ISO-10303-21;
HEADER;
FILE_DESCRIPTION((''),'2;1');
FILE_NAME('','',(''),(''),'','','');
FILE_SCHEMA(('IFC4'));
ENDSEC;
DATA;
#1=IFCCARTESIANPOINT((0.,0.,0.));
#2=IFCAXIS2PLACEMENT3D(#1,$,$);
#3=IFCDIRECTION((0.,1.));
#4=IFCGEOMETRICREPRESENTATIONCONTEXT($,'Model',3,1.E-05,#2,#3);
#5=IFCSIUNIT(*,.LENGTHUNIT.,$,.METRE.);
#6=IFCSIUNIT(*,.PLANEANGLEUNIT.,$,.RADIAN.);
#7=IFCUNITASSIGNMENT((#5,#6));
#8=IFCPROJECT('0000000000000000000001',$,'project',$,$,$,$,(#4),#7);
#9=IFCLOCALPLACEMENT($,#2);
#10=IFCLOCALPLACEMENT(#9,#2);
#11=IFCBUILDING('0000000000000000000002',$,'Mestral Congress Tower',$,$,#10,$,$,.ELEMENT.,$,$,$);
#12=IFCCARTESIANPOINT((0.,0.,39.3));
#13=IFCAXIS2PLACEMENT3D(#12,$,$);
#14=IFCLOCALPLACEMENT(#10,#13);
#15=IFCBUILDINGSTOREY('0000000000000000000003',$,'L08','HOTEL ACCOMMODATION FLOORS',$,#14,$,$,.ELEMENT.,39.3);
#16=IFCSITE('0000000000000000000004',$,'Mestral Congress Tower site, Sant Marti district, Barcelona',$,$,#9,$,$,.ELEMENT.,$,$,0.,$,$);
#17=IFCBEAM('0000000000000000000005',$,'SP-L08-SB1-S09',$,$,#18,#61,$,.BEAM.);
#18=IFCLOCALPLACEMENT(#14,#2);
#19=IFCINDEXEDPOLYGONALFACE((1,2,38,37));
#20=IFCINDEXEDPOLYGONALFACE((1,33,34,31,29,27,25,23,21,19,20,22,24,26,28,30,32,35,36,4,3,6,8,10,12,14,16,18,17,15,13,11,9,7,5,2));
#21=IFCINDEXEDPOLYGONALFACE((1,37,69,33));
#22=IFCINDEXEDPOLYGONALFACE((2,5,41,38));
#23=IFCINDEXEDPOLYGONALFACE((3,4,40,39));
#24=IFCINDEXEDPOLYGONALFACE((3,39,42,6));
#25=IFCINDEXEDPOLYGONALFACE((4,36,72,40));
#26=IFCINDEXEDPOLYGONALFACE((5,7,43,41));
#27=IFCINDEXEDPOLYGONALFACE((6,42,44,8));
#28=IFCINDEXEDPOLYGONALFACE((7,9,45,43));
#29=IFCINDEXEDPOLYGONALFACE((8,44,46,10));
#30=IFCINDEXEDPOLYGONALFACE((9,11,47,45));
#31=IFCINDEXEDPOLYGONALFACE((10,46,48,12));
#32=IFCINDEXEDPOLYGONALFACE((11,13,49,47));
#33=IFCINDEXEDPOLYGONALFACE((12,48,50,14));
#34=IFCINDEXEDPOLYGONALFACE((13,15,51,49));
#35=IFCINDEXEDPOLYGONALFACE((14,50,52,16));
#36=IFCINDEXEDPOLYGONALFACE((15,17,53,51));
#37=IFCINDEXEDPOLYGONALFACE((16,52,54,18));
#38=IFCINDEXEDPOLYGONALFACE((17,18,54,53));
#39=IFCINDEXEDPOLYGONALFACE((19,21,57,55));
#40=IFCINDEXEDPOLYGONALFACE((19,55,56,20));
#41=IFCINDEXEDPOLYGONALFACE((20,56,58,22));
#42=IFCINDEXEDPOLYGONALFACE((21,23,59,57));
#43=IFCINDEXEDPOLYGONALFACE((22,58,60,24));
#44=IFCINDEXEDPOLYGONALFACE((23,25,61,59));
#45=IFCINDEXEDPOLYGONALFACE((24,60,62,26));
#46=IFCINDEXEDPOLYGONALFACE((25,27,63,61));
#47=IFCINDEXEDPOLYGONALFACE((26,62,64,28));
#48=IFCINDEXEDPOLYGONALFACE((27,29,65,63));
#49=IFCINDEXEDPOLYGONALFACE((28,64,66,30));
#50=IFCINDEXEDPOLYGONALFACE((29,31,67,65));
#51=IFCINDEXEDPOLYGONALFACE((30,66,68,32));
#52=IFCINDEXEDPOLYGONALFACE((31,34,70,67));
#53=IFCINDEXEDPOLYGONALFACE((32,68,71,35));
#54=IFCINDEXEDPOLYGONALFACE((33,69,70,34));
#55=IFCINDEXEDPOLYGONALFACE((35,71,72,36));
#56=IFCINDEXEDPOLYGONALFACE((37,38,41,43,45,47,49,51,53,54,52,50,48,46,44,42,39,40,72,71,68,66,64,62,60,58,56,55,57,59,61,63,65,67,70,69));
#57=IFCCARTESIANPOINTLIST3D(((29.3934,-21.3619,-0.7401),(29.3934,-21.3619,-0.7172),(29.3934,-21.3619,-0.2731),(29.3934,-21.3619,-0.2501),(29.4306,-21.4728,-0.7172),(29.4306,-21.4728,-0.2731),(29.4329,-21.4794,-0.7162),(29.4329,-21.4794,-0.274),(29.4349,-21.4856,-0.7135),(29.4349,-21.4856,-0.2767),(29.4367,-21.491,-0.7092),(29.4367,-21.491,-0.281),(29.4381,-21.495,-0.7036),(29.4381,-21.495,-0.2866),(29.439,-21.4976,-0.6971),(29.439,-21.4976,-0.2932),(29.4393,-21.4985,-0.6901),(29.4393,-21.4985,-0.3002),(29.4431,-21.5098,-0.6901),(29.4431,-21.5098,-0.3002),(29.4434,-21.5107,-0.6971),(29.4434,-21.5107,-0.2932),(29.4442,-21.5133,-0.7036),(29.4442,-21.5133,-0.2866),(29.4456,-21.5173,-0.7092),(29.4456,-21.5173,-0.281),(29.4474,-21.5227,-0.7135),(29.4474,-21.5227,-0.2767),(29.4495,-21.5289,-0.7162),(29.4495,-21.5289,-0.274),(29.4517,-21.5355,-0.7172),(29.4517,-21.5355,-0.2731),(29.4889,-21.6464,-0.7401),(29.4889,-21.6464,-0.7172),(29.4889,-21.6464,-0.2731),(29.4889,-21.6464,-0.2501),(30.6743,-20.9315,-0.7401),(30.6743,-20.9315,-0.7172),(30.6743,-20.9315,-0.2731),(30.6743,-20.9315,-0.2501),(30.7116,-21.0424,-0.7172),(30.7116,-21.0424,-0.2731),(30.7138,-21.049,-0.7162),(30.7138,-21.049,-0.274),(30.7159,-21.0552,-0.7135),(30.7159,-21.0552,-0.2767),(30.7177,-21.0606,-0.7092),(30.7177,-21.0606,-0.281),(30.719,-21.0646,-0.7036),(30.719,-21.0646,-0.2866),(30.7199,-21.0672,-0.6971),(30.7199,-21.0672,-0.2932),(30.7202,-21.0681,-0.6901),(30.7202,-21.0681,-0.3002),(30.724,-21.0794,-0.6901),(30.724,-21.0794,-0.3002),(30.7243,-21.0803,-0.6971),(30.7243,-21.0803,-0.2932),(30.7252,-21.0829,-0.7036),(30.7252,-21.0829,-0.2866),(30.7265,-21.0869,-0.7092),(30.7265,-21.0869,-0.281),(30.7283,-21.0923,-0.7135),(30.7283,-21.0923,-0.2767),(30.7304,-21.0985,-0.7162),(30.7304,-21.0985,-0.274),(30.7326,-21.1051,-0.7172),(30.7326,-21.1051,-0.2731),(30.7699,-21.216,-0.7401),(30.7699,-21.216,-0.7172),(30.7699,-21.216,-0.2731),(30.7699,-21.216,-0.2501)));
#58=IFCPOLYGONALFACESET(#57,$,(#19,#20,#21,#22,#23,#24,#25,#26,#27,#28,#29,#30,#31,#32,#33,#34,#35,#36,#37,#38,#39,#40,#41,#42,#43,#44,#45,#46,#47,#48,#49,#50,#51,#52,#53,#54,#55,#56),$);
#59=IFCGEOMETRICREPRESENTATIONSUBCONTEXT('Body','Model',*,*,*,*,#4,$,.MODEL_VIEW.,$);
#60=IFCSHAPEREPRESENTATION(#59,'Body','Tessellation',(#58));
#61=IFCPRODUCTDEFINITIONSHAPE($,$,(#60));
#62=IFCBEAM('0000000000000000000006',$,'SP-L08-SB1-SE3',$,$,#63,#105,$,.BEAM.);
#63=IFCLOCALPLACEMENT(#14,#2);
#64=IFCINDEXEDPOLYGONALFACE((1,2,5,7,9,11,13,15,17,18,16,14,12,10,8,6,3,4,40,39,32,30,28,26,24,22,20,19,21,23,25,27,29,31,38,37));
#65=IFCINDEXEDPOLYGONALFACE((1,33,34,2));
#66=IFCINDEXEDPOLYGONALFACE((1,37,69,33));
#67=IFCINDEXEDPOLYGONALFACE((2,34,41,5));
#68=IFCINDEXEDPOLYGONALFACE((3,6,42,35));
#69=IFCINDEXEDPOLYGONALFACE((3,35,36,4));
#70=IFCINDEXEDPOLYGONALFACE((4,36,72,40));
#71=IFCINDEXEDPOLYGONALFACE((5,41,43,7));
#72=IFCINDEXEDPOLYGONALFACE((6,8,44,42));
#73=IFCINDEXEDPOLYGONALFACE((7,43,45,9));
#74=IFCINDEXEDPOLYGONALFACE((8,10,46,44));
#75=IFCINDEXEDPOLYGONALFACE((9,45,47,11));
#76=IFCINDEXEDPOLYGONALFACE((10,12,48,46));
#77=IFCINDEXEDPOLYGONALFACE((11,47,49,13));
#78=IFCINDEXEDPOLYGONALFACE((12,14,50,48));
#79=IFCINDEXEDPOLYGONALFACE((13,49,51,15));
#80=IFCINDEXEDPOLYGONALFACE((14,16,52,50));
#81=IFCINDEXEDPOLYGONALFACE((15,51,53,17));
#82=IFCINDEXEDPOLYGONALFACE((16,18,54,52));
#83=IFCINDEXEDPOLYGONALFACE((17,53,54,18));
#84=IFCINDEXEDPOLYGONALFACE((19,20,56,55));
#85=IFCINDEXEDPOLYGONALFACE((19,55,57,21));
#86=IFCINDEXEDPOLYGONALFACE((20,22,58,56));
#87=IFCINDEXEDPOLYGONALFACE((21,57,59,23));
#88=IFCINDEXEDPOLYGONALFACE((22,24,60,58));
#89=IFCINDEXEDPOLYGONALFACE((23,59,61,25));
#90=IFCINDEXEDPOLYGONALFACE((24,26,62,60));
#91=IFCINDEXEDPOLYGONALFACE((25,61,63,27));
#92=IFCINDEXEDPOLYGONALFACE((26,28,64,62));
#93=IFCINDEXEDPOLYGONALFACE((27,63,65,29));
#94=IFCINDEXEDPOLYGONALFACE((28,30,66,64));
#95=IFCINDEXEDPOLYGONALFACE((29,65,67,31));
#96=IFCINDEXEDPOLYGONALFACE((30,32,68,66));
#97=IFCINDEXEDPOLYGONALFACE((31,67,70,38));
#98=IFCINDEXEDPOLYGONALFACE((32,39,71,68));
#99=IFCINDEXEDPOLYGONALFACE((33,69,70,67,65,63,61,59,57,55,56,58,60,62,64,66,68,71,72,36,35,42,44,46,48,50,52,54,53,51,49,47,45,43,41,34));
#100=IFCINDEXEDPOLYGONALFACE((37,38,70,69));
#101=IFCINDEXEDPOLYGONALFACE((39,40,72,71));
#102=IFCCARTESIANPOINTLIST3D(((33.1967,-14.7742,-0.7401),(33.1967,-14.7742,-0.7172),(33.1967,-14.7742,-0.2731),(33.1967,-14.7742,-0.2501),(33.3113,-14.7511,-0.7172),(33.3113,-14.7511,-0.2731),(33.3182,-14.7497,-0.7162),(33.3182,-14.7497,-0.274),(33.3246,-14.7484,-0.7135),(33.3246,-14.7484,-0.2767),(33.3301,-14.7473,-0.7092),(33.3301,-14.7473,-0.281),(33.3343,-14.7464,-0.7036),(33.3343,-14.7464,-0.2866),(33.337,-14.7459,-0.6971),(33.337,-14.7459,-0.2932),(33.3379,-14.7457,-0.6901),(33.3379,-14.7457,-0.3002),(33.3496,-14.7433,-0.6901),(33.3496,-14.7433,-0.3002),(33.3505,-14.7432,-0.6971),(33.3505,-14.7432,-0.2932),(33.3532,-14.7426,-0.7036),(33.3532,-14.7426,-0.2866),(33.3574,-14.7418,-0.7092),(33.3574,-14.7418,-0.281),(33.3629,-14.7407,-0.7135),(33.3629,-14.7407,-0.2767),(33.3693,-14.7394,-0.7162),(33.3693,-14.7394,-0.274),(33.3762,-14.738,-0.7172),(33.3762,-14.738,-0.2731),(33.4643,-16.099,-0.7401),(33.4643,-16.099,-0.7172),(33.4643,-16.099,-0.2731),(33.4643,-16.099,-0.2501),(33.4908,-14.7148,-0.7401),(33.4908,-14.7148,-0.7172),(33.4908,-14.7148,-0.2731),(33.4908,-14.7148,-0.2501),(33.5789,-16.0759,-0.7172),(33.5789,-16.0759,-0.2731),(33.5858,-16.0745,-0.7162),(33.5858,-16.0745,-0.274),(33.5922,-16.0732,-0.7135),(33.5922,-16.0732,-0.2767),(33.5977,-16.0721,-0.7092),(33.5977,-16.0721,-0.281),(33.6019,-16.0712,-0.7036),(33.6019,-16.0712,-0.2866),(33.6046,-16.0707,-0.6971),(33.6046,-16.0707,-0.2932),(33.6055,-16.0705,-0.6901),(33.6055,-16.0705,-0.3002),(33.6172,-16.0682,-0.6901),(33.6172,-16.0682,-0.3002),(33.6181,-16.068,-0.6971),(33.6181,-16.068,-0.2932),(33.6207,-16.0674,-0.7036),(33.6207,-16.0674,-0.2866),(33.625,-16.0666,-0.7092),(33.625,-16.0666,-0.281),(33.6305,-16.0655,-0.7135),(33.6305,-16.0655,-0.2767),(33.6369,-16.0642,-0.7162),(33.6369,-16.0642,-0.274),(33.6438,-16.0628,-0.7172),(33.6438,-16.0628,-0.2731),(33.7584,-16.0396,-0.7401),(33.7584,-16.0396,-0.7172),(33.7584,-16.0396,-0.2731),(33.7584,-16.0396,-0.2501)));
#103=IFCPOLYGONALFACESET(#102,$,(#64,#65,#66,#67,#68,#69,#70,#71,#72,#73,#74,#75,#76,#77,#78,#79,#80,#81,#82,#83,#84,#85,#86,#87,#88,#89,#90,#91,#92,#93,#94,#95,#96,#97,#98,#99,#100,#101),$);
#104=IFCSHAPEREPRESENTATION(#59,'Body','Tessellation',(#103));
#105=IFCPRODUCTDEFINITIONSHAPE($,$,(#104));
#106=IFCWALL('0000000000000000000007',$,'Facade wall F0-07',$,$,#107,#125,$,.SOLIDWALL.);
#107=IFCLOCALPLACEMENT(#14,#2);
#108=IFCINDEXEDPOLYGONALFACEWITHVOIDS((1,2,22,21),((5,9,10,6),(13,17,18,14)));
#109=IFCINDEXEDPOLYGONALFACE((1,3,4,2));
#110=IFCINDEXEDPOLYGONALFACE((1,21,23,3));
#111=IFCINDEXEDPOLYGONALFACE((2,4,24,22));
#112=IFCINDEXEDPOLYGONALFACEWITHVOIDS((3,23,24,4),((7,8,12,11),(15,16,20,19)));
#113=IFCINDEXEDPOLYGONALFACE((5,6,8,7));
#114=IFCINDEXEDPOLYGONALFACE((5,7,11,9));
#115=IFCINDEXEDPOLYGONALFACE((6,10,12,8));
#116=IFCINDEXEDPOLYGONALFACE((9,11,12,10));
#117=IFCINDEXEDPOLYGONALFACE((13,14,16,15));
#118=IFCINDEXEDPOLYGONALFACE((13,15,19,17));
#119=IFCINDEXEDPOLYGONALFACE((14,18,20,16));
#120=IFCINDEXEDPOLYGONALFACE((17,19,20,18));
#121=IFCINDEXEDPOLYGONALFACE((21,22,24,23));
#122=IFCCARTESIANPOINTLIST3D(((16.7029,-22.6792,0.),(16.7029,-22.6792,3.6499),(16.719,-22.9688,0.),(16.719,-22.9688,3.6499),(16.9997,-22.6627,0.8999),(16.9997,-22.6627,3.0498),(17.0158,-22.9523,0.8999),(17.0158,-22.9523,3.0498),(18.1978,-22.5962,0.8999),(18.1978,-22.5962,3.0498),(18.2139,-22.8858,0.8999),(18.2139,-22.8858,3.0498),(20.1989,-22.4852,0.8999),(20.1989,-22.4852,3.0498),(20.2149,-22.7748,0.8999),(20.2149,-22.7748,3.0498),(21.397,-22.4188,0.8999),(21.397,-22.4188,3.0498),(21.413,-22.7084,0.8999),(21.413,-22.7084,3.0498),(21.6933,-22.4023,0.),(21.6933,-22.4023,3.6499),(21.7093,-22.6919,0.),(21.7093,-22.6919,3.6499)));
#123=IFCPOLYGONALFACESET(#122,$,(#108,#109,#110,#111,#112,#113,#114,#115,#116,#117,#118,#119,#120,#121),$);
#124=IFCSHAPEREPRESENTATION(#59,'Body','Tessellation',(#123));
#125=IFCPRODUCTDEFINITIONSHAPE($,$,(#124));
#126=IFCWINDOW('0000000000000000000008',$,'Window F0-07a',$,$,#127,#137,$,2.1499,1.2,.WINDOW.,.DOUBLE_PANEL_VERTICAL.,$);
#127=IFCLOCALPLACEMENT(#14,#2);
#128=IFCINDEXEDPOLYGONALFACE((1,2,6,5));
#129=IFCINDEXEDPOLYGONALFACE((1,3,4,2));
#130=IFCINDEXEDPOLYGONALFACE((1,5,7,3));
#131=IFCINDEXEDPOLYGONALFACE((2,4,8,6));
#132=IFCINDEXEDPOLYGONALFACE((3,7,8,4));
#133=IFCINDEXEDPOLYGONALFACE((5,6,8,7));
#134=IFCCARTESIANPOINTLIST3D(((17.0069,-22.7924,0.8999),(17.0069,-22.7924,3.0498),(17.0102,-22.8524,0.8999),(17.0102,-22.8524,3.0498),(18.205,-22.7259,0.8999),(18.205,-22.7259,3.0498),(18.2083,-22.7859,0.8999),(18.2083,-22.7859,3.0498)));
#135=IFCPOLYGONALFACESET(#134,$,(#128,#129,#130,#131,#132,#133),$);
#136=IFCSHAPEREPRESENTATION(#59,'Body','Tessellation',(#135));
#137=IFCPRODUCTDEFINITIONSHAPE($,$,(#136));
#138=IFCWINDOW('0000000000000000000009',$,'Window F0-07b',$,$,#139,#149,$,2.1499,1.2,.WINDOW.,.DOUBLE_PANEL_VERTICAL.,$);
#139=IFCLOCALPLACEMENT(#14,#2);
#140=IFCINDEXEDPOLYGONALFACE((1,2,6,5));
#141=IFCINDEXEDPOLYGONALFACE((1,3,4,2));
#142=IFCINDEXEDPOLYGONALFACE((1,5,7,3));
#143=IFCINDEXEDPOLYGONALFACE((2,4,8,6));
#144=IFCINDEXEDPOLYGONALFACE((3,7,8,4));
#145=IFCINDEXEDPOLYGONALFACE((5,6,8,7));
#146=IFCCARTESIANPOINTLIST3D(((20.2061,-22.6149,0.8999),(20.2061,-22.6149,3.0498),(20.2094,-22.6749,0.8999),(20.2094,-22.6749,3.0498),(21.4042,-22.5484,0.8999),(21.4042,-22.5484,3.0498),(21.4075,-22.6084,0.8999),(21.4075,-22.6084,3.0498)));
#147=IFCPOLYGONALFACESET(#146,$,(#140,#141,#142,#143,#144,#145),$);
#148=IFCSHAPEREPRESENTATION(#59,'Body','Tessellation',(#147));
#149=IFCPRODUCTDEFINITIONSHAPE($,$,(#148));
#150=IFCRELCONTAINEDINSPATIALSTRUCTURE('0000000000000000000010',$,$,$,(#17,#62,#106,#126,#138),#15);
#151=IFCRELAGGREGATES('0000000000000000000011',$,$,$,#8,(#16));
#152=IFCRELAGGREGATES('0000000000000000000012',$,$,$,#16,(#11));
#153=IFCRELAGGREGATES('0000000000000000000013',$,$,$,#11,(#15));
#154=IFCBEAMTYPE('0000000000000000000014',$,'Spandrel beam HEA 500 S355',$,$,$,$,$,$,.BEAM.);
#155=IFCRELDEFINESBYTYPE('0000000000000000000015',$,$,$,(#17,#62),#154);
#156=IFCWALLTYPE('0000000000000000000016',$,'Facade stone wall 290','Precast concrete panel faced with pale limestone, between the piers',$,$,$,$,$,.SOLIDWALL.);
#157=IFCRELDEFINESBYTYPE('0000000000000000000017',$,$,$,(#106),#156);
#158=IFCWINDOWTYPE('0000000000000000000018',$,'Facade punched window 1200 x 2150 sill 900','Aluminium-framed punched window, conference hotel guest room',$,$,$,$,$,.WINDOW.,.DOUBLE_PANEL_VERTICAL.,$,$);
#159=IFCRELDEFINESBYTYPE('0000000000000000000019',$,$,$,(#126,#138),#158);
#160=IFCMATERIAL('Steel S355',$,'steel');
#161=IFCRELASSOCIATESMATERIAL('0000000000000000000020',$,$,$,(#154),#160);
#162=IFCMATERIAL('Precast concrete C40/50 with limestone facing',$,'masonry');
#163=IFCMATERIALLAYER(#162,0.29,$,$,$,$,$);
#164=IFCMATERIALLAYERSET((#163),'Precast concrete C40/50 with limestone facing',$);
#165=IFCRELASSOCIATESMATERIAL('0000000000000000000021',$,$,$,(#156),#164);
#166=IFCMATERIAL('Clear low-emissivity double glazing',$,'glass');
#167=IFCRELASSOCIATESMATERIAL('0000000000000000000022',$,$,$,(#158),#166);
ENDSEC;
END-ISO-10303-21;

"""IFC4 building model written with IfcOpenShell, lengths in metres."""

from ifc_helpers import new_model, si_unit, direction, frame, frame_2d, origin, origin_2d, place, context, subcontext, project, spatial, rectangle, i_section, extrude, material, layer, layer_set, material_profile, profile_set, type_object, element, fill, save


model = new_model("IFC4")

# Units and contexts
model_context = context("Model", 3, precision=1e-05, world=origin(), true_north=direction((0.0, 1.0)))
body_context = subcontext(model_context, "Body", "Model", "MODEL_VIEW")
ifc_project = project(units=[si_unit("LENGTHUNIT", "METRE"), si_unit("PLANEANGLEUNIT", "RADIAN")], contexts=[model_context])

# Site, building, storey
site_placement = place(None, origin())
site = spatial("IfcSite", under=ifc_project, at=site_placement, Name="Mestral Congress Tower site, Sant Marti district, Barcelona", CompositionType="ELEMENT", RefElevation=0.0)
building_placement = place(site_placement, origin())
building = spatial("IfcBuilding", under=site, at=building_placement, Name="Mestral Congress Tower", CompositionType="ELEMENT")
storey_placement = place(building_placement, frame((0.0, 0.0, 39.3)))
storey = spatial("IfcBuildingStorey", under=building, at=storey_placement, Name="L08", Description="HOTEL ACCOMMODATION FLOORS", CompositionType="ELEMENT", Elevation=39.3)

# Beams
ifc_material_1 = material(Name="Steel S355", Category="steel")
ifc_material_profile_1 = material_profile(ifc_material_1, i_section(OverallWidth=0.3, OverallDepth=0.49, WebThickness=0.012, FlangeThickness=0.0229, FilletRadius=0.0271, at=origin_2d()), Name="HEA 500")
ifc_profile_set_1 = profile_set([ifc_material_profile_1], Name="Steel S355")
beam_type_1 = type_object("IfcBeamType", Name="Spandrel beam HEA 500 S355", PredefinedType="BEAM", material=ifc_profile_set_1)
beam_1_placement = place(storey_placement, frame((29.4412, -21.5042, -0.4951), z_axis=(0.947922, 0.318503, 0.0), x_axis=(-0.318503, 0.947922, 0.0)))
element("IfcBeam", 1, at=beam_1_placement, inside=storey, type_object=beam_type_1, Name="SP-L08-SB1-S09", PredefinedType="BEAM", context=body_context, shape_type="SweptSolid", body=[
    extrude(i_section(OverallWidth=0.3, OverallDepth=0.49, WebThickness=0.012, FlangeThickness=0.0229, FilletRadius=0.0271, at=origin_2d()), origin(), (0.0, 0.0, 1.0), 1.3513),
])
beam_2_placement = place(storey_placement, frame((33.6113, -16.0693, -0.4951), z_axis=(-0.197992, 0.980204, 0.0), x_axis=(-0.980204, -0.197992, 0.0)))
element("IfcBeam", 2, at=beam_2_placement, inside=storey, type_object=beam_type_1, Name="SP-L08-SB1-SE3", PredefinedType="BEAM", context=body_context, shape_type="SweptSolid", body=[
    extrude(i_section(OverallWidth=0.3, OverallDepth=0.49, WebThickness=0.012, FlangeThickness=0.0229, FilletRadius=0.0271, at=origin_2d()), origin(), (0.0, 0.0, 1.0), 1.3516),
])

# Wall, openings, windows
ifc_material_2 = material(Name="Precast concrete C40/50 with limestone facing", Category="masonry")
ifc_layer_1 = layer(ifc_material_2, 0.29)
ifc_layer_set_1 = layer_set([ifc_layer_1], Name="Precast concrete C40/50 with limestone facing")
wall_type_1 = type_object("IfcWallType", Name="Facade stone wall 290", Description="Precast concrete panel faced with pale limestone, between the piers", PredefinedType="SOLIDWALL", material=ifc_layer_set_1)
wall_1_placement = place(storey_placement, frame((16.7109, -22.824, 0.0), z_axis=(0.0, 0.0, 1.0), x_axis=(0.998465, 0.055392, 0.0)))
wall_1 = element("IfcWall", 3, at=wall_1_placement, inside=storey, type_object=wall_type_1, Name="Facade wall F0-07", PredefinedType="SOLIDWALL", context=body_context, shape_type="SweptSolid", body=[
    extrude(rectangle(XDim=4.998, YDim=0.29, at=frame_2d((2.499, 0.0))), origin(), (0.0, 0.0, 1.0), 3.6499),
])
opening_1_placement = place(wall_1_placement, frame((0.2971, 0.0, 0.8999)))
opening_1 = element("IfcOpeningElement", 4, at=opening_1_placement, cuts=wall_1, PredefinedType="OPENING", context=body_context, shape_type="SweptSolid", body=[
    extrude(rectangle(XDim=1.2, YDim=2.1499, at=frame_2d((0.6001, 1.075))), frame((0.0, 0.155, 0.0), z_axis=(0.0, -1.0, 0.0), x_axis=(1.0, 0.0, 0.0)), (0.0, 0.0, 1.0), 0.3101),
])
opening_2_placement = place(wall_1_placement, frame((3.5012, 0.0, 0.8999)))
opening_2 = element("IfcOpeningElement", 5, at=opening_2_placement, cuts=wall_1, PredefinedType="OPENING", context=body_context, shape_type="SweptSolid", body=[
    extrude(rectangle(XDim=1.2, YDim=2.1499, at=frame_2d((0.6001, 1.075))), frame((0.0, 0.155, 0.0), z_axis=(0.0, -1.0, 0.0), x_axis=(1.0, 0.0, 0.0)), (0.0, 0.0, 1.0), 0.3101),
])
ifc_material_3 = material(Name="Clear low-emissivity double glazing", Category="glass")
window_type_1 = type_object("IfcWindowType", Name="Facade punched window 1200 x 2150 sill 900", Description="Aluminium-framed punched window, conference hotel guest room", PartitioningType="DOUBLE_PANEL_VERTICAL", PredefinedType="WINDOW", material=ifc_material_3)
window_1_placement = place(opening_1_placement, origin())
window_1 = element("IfcWindow", 6, at=window_1_placement, inside=storey, type_object=window_type_1, Name="Window F0-07a", OverallHeight=2.1499, OverallWidth=1.2, PartitioningType="DOUBLE_PANEL_VERTICAL", PredefinedType="WINDOW", context=body_context, shape_type="SweptSolid", body=[
    extrude(rectangle(XDim=1.2, YDim=2.1499, at=frame_2d((0.6001, 1.075))), frame((0.0, 0.0151, 0.0), z_axis=(0.0, -1.0, 0.0), x_axis=(1.0, 0.0, 0.0)), (0.0, 0.0, 1.0), 0.0601),
])
fill(opening_1, window_1)
window_2_placement = place(opening_2_placement, origin())
window_2 = element("IfcWindow", 7, at=window_2_placement, inside=storey, type_object=window_type_1, Name="Window F0-07b", OverallHeight=2.1499, OverallWidth=1.2, PartitioningType="DOUBLE_PANEL_VERTICAL", PredefinedType="WINDOW", context=body_context, shape_type="SweptSolid", body=[
    extrude(rectangle(XDim=1.2, YDim=2.1499, at=frame_2d((0.6001, 1.075))), frame((0.0, 0.0151, 0.0), z_axis=(0.0, -1.0, 0.0), x_axis=(1.0, 0.0, 0.0)), (0.0, 0.0, 1.0), 0.0601),
])
fill(opening_2, window_2)

save(model, "model.ifc")
